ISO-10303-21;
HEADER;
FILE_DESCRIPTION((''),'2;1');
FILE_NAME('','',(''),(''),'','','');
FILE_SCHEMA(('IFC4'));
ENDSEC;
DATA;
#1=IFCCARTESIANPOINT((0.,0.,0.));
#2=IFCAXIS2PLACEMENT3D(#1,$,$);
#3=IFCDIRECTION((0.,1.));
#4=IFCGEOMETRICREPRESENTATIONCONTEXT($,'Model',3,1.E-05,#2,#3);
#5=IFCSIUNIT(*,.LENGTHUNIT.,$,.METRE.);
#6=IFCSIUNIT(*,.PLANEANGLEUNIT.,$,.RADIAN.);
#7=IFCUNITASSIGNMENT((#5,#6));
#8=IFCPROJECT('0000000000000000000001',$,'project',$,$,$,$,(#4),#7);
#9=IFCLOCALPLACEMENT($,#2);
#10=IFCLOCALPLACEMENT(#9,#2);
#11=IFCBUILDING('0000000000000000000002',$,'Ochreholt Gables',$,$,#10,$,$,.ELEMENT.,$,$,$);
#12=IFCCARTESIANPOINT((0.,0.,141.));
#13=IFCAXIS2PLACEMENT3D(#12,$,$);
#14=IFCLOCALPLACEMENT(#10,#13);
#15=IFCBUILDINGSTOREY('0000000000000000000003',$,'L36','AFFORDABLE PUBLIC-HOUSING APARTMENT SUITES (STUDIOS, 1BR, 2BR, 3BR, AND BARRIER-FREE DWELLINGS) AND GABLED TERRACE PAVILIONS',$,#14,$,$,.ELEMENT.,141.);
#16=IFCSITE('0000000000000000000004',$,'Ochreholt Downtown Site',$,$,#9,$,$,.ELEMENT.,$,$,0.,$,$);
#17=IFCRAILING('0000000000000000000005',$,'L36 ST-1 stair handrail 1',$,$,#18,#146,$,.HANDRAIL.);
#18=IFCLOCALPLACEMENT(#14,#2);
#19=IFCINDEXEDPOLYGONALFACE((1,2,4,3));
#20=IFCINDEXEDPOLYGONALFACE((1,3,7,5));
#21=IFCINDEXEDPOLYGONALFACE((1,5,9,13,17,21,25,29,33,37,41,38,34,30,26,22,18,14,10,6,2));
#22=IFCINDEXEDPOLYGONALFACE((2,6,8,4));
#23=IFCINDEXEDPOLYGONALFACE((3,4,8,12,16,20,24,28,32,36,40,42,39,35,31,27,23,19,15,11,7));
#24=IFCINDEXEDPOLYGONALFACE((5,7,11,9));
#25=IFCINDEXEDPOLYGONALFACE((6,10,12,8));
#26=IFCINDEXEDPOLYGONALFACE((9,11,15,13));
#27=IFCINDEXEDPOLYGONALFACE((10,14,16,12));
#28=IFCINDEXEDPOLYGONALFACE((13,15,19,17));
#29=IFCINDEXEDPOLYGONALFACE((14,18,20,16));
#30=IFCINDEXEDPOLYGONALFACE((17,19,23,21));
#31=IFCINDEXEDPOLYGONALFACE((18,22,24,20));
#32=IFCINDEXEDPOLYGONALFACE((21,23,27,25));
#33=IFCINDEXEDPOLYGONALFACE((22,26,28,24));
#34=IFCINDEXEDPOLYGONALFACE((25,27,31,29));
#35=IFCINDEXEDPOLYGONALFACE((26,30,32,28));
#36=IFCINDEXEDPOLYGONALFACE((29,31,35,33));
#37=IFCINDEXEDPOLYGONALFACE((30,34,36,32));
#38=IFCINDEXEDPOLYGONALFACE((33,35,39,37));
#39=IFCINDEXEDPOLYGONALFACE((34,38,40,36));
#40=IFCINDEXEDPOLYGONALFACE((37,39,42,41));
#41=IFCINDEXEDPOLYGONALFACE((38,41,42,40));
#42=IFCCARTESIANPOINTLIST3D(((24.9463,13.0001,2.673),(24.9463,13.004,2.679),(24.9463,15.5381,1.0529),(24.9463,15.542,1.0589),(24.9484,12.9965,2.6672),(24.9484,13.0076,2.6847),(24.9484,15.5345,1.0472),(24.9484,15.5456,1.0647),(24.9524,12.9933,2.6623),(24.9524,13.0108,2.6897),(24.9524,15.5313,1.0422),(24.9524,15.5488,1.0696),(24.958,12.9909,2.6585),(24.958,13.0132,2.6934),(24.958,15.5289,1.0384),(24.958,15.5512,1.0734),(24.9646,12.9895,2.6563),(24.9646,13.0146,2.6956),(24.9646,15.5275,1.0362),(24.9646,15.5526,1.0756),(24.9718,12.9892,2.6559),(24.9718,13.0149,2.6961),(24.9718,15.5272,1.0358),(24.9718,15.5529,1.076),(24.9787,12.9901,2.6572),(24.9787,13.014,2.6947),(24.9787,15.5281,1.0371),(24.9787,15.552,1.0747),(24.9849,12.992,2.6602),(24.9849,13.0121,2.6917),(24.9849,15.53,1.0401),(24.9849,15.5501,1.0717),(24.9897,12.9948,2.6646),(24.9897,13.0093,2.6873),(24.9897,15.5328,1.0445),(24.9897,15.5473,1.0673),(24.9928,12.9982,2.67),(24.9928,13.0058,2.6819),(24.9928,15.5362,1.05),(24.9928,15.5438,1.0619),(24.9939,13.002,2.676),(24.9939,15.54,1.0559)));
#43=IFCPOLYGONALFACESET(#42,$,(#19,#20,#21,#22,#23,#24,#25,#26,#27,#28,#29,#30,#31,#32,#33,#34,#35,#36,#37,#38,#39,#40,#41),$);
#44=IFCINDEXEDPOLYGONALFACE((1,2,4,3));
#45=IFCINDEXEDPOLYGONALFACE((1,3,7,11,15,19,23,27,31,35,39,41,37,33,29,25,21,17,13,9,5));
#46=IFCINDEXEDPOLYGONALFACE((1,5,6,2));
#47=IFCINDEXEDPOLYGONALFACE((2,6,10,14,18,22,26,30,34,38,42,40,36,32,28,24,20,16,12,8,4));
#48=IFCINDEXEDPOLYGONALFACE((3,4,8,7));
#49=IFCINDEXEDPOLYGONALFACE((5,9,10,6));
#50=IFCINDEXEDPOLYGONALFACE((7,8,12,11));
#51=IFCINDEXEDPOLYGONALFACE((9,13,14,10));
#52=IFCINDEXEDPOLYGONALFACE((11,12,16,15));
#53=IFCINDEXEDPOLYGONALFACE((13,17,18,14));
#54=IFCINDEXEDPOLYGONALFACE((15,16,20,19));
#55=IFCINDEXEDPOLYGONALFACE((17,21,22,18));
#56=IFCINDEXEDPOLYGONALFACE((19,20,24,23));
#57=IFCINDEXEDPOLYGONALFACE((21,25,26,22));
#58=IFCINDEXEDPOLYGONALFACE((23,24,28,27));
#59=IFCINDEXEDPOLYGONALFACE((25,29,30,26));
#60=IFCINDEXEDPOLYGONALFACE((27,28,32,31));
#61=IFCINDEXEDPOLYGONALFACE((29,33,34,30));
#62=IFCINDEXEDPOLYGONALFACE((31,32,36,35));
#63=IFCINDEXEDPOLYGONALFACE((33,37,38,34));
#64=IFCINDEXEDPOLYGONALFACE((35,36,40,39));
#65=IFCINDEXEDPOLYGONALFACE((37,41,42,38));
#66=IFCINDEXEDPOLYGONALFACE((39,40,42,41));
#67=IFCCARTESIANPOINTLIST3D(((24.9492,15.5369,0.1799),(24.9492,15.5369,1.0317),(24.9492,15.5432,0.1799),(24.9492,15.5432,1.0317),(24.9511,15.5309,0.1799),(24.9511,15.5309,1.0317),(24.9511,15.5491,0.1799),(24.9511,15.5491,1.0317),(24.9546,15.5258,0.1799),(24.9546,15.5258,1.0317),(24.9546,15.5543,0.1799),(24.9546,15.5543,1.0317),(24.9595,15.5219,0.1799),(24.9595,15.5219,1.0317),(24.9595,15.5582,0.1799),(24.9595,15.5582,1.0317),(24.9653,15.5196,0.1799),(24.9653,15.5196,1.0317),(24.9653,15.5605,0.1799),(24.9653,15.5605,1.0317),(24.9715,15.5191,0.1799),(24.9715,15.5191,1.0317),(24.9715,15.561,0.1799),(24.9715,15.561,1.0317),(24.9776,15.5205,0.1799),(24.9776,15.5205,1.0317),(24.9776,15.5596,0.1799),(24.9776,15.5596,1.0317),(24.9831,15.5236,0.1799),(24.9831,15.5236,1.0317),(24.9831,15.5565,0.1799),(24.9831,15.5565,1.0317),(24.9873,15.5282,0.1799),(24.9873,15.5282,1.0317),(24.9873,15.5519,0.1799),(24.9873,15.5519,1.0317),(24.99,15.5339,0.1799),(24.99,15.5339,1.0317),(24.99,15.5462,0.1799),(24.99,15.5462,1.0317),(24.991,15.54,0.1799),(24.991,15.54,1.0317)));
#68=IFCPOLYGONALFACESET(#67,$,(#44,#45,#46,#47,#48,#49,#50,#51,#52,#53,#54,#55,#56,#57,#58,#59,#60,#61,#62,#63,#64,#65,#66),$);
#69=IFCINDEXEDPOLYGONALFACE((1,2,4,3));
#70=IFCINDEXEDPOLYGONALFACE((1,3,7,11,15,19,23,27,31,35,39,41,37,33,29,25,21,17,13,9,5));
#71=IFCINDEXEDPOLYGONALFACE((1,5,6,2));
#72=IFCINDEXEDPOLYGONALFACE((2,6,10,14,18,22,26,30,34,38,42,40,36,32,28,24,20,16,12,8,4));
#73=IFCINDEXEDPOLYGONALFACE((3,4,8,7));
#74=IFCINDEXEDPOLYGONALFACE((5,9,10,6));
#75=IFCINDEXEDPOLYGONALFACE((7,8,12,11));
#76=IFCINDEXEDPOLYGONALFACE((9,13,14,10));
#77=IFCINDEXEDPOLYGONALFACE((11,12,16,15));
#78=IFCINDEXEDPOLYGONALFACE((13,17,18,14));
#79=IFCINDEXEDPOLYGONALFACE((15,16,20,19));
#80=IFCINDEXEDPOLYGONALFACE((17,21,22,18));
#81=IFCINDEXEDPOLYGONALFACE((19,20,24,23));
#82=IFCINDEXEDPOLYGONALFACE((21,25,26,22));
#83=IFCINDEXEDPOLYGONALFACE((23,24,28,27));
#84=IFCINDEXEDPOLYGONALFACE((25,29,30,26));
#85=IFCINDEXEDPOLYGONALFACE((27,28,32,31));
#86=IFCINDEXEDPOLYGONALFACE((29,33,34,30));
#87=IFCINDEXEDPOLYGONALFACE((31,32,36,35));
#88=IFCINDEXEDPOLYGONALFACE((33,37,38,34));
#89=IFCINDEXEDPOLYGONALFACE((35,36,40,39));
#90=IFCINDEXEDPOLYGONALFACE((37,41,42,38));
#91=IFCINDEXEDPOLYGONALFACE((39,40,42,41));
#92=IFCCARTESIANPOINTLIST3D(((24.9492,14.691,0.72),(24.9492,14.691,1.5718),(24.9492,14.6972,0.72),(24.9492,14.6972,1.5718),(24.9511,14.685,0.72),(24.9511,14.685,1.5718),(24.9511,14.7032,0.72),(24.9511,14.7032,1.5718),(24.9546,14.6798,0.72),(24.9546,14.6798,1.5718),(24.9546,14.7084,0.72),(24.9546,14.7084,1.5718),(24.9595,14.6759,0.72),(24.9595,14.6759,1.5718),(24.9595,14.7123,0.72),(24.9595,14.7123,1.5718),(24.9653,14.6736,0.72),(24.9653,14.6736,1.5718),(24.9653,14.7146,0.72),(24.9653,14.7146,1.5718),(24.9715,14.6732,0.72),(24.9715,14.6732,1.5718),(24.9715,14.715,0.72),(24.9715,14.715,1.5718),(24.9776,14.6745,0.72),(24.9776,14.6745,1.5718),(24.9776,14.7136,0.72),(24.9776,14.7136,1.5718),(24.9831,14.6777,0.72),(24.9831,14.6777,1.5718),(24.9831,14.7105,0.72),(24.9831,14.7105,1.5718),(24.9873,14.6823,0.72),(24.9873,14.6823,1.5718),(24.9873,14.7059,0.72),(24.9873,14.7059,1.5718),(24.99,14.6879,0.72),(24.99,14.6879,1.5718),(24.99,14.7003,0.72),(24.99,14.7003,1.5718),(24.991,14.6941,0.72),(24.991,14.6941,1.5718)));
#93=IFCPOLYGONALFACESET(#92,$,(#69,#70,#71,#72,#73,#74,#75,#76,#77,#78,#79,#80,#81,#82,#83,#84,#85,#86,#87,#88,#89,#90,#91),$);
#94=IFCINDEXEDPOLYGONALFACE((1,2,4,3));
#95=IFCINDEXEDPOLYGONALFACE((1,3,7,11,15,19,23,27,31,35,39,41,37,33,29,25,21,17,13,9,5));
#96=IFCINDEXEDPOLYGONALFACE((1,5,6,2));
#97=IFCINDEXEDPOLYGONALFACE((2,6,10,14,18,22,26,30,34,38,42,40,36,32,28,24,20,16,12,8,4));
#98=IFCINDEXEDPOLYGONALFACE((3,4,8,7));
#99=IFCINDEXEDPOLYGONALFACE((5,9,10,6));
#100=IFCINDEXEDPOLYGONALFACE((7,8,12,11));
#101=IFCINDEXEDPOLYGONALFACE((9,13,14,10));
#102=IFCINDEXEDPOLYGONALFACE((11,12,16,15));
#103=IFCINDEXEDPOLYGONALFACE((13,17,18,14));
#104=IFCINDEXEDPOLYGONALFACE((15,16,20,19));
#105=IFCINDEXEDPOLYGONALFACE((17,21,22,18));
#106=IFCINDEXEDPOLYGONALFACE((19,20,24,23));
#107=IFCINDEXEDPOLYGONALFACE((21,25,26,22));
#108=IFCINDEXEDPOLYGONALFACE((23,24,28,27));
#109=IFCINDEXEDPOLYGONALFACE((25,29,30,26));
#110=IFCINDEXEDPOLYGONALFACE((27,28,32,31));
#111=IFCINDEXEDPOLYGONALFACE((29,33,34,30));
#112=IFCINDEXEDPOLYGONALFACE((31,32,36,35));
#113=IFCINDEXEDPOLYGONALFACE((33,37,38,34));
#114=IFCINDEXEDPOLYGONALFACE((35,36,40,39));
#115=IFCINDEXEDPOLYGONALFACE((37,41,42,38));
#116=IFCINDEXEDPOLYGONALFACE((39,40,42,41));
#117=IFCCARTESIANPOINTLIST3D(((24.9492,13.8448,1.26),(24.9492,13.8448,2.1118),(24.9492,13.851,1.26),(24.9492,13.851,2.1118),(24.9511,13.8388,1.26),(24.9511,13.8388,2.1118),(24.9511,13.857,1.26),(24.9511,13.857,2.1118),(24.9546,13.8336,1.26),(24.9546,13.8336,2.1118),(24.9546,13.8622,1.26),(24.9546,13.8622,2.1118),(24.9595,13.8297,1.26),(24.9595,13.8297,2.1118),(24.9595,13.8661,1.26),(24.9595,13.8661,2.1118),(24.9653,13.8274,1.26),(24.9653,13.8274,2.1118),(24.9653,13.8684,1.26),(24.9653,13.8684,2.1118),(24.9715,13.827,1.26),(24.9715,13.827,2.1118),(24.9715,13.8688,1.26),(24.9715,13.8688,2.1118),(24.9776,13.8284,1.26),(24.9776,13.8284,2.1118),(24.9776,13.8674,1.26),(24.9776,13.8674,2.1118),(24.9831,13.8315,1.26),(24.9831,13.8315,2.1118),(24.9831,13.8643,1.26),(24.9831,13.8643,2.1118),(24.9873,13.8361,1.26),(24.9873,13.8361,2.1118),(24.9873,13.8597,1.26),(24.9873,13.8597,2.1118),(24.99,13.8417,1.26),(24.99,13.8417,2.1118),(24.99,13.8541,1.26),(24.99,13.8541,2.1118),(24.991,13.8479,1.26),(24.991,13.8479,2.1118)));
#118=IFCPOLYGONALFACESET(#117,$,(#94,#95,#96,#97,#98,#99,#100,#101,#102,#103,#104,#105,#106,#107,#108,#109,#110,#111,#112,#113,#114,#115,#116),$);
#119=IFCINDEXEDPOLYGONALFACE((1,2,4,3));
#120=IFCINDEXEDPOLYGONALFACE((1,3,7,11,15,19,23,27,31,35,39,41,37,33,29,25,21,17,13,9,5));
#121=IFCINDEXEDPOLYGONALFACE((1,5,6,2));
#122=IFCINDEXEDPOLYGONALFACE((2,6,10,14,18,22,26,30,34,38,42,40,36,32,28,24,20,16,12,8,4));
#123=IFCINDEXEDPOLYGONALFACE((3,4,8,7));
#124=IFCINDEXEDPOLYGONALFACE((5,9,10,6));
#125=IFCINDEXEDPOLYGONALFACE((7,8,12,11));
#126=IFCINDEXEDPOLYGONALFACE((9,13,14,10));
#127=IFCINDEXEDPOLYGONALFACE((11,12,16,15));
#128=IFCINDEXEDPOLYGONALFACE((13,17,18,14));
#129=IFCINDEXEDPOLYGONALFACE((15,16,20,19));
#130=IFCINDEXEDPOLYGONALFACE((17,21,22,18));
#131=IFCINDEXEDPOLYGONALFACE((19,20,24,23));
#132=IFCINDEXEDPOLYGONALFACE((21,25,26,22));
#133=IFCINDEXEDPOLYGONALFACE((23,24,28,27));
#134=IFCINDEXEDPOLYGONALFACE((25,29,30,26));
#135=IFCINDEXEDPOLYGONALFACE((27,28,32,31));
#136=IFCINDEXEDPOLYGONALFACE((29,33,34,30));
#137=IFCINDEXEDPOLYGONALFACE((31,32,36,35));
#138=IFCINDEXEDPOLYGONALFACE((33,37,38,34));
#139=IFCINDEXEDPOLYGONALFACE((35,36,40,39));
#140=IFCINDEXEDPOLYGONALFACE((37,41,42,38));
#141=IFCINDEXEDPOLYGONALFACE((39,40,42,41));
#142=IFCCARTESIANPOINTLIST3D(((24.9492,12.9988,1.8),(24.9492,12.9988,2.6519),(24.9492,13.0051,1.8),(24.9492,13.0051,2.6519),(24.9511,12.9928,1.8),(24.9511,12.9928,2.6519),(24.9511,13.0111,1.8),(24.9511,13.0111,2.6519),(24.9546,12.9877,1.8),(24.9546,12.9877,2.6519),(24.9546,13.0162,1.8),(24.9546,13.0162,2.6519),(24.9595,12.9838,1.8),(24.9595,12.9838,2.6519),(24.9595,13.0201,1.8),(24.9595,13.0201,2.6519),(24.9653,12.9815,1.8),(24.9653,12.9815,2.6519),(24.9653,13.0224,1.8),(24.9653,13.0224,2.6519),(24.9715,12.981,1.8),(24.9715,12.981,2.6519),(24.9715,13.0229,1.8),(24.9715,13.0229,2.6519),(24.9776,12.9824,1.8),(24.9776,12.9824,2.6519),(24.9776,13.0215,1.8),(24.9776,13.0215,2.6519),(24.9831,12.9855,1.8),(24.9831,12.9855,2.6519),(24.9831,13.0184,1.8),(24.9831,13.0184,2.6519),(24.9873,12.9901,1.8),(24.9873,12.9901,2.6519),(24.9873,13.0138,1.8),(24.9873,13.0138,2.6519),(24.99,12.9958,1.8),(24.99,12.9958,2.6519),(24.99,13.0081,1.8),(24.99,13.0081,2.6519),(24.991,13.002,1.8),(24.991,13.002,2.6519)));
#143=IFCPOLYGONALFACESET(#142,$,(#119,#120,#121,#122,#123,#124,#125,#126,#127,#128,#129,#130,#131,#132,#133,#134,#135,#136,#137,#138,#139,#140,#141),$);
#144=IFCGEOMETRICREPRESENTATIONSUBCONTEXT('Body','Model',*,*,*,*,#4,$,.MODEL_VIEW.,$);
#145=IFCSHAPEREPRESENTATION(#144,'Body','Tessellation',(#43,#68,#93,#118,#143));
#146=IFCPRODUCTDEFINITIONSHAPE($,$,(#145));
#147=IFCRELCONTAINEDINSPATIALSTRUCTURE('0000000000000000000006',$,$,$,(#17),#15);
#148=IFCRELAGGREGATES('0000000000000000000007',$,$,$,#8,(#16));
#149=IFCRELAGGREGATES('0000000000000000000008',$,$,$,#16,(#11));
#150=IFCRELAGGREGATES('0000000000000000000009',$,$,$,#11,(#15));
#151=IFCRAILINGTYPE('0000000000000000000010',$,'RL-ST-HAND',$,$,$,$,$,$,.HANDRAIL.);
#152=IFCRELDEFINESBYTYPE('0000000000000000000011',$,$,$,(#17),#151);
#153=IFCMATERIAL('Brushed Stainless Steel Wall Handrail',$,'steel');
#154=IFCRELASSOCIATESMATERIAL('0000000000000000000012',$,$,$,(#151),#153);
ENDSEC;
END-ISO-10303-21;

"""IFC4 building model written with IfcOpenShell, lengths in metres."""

from ifc_helpers import new_model, si_unit, direction, frame, origin, origin_2d, place, context, subcontext, project, spatial, circle, extrude, material, type_object, element, save


model = new_model("IFC4")

# Units and contexts
model_context = context("Model", 3, precision=1e-05, world=origin(), true_north=direction((0.0, 1.0)))
body_context = subcontext(model_context, "Body", "Model", "MODEL_VIEW")
ifc_project = project(units=[si_unit("LENGTHUNIT", "METRE"), si_unit("PLANEANGLEUNIT", "RADIAN")], contexts=[model_context])

# Site, building, storey
site_placement = place(None, origin())
site = spatial("IfcSite", under=ifc_project, at=site_placement, Name="Ochreholt Downtown Site", CompositionType="ELEMENT", RefElevation=0.0)
building_placement = place(site_placement, origin())
building = spatial("IfcBuilding", under=site, at=building_placement, Name="Ochreholt Gables", CompositionType="ELEMENT")
storey_placement = place(building_placement, frame((0.0, 0.0, 141.0)))
storey = spatial("IfcBuildingStorey", under=building, at=storey_placement, Name="L36", Description="AFFORDABLE PUBLIC-HOUSING APARTMENT SUITES (STUDIOS, 1BR, 2BR, 3BR, AND BARRIER-FREE DWELLINGS) AND GABLED TERRACE PAVILIONS", CompositionType="ELEMENT", Elevation=141.0)

# Railing
ifc_material_1 = material(Name="Brushed Stainless Steel Wall Handrail", Category="steel")
railing_type_1 = type_object("IfcRailingType", Name="RL-ST-HAND", PredefinedType="HANDRAIL", material=ifc_material_1)
railing_1_placement = place(storey_placement, frame((24.97, 15.54, 0.1799)))
element("IfcRailing", 1, at=railing_1_placement, inside=storey, type_object=railing_type_1, Name="L36 ST-1 stair handrail 1", PredefinedType="HANDRAIL", context=body_context, shape_type="SweptSolid", body=[
    extrude(circle(Radius=0.0239, at=origin_2d()), frame((0.0, 0.0, 0.876), z_axis=(0.0, -0.842913, 0.53805), x_axis=(1.0, 0.0, 0.0)), (0.0, 0.0, 1.0), 3.011),
    extrude(circle(Radius=0.021, at=origin_2d()), origin(), (0.0, 0.0, 1.0), 0.8518),
    extrude(circle(Radius=0.021, at=origin_2d()), frame((0.0, -0.8459, 0.54)), (0.0, 0.0, 1.0), 0.8518),
    extrude(circle(Radius=0.021, at=origin_2d()), frame((0.0, -1.6921, 1.0801)), (0.0, 0.0, 1.0), 0.8518),
    extrude(circle(Radius=0.021, at=origin_2d()), frame((0.0, -2.5381, 1.6201)), (0.0, 0.0, 1.0), 0.8518),
])

save(model, "model.ifc")
